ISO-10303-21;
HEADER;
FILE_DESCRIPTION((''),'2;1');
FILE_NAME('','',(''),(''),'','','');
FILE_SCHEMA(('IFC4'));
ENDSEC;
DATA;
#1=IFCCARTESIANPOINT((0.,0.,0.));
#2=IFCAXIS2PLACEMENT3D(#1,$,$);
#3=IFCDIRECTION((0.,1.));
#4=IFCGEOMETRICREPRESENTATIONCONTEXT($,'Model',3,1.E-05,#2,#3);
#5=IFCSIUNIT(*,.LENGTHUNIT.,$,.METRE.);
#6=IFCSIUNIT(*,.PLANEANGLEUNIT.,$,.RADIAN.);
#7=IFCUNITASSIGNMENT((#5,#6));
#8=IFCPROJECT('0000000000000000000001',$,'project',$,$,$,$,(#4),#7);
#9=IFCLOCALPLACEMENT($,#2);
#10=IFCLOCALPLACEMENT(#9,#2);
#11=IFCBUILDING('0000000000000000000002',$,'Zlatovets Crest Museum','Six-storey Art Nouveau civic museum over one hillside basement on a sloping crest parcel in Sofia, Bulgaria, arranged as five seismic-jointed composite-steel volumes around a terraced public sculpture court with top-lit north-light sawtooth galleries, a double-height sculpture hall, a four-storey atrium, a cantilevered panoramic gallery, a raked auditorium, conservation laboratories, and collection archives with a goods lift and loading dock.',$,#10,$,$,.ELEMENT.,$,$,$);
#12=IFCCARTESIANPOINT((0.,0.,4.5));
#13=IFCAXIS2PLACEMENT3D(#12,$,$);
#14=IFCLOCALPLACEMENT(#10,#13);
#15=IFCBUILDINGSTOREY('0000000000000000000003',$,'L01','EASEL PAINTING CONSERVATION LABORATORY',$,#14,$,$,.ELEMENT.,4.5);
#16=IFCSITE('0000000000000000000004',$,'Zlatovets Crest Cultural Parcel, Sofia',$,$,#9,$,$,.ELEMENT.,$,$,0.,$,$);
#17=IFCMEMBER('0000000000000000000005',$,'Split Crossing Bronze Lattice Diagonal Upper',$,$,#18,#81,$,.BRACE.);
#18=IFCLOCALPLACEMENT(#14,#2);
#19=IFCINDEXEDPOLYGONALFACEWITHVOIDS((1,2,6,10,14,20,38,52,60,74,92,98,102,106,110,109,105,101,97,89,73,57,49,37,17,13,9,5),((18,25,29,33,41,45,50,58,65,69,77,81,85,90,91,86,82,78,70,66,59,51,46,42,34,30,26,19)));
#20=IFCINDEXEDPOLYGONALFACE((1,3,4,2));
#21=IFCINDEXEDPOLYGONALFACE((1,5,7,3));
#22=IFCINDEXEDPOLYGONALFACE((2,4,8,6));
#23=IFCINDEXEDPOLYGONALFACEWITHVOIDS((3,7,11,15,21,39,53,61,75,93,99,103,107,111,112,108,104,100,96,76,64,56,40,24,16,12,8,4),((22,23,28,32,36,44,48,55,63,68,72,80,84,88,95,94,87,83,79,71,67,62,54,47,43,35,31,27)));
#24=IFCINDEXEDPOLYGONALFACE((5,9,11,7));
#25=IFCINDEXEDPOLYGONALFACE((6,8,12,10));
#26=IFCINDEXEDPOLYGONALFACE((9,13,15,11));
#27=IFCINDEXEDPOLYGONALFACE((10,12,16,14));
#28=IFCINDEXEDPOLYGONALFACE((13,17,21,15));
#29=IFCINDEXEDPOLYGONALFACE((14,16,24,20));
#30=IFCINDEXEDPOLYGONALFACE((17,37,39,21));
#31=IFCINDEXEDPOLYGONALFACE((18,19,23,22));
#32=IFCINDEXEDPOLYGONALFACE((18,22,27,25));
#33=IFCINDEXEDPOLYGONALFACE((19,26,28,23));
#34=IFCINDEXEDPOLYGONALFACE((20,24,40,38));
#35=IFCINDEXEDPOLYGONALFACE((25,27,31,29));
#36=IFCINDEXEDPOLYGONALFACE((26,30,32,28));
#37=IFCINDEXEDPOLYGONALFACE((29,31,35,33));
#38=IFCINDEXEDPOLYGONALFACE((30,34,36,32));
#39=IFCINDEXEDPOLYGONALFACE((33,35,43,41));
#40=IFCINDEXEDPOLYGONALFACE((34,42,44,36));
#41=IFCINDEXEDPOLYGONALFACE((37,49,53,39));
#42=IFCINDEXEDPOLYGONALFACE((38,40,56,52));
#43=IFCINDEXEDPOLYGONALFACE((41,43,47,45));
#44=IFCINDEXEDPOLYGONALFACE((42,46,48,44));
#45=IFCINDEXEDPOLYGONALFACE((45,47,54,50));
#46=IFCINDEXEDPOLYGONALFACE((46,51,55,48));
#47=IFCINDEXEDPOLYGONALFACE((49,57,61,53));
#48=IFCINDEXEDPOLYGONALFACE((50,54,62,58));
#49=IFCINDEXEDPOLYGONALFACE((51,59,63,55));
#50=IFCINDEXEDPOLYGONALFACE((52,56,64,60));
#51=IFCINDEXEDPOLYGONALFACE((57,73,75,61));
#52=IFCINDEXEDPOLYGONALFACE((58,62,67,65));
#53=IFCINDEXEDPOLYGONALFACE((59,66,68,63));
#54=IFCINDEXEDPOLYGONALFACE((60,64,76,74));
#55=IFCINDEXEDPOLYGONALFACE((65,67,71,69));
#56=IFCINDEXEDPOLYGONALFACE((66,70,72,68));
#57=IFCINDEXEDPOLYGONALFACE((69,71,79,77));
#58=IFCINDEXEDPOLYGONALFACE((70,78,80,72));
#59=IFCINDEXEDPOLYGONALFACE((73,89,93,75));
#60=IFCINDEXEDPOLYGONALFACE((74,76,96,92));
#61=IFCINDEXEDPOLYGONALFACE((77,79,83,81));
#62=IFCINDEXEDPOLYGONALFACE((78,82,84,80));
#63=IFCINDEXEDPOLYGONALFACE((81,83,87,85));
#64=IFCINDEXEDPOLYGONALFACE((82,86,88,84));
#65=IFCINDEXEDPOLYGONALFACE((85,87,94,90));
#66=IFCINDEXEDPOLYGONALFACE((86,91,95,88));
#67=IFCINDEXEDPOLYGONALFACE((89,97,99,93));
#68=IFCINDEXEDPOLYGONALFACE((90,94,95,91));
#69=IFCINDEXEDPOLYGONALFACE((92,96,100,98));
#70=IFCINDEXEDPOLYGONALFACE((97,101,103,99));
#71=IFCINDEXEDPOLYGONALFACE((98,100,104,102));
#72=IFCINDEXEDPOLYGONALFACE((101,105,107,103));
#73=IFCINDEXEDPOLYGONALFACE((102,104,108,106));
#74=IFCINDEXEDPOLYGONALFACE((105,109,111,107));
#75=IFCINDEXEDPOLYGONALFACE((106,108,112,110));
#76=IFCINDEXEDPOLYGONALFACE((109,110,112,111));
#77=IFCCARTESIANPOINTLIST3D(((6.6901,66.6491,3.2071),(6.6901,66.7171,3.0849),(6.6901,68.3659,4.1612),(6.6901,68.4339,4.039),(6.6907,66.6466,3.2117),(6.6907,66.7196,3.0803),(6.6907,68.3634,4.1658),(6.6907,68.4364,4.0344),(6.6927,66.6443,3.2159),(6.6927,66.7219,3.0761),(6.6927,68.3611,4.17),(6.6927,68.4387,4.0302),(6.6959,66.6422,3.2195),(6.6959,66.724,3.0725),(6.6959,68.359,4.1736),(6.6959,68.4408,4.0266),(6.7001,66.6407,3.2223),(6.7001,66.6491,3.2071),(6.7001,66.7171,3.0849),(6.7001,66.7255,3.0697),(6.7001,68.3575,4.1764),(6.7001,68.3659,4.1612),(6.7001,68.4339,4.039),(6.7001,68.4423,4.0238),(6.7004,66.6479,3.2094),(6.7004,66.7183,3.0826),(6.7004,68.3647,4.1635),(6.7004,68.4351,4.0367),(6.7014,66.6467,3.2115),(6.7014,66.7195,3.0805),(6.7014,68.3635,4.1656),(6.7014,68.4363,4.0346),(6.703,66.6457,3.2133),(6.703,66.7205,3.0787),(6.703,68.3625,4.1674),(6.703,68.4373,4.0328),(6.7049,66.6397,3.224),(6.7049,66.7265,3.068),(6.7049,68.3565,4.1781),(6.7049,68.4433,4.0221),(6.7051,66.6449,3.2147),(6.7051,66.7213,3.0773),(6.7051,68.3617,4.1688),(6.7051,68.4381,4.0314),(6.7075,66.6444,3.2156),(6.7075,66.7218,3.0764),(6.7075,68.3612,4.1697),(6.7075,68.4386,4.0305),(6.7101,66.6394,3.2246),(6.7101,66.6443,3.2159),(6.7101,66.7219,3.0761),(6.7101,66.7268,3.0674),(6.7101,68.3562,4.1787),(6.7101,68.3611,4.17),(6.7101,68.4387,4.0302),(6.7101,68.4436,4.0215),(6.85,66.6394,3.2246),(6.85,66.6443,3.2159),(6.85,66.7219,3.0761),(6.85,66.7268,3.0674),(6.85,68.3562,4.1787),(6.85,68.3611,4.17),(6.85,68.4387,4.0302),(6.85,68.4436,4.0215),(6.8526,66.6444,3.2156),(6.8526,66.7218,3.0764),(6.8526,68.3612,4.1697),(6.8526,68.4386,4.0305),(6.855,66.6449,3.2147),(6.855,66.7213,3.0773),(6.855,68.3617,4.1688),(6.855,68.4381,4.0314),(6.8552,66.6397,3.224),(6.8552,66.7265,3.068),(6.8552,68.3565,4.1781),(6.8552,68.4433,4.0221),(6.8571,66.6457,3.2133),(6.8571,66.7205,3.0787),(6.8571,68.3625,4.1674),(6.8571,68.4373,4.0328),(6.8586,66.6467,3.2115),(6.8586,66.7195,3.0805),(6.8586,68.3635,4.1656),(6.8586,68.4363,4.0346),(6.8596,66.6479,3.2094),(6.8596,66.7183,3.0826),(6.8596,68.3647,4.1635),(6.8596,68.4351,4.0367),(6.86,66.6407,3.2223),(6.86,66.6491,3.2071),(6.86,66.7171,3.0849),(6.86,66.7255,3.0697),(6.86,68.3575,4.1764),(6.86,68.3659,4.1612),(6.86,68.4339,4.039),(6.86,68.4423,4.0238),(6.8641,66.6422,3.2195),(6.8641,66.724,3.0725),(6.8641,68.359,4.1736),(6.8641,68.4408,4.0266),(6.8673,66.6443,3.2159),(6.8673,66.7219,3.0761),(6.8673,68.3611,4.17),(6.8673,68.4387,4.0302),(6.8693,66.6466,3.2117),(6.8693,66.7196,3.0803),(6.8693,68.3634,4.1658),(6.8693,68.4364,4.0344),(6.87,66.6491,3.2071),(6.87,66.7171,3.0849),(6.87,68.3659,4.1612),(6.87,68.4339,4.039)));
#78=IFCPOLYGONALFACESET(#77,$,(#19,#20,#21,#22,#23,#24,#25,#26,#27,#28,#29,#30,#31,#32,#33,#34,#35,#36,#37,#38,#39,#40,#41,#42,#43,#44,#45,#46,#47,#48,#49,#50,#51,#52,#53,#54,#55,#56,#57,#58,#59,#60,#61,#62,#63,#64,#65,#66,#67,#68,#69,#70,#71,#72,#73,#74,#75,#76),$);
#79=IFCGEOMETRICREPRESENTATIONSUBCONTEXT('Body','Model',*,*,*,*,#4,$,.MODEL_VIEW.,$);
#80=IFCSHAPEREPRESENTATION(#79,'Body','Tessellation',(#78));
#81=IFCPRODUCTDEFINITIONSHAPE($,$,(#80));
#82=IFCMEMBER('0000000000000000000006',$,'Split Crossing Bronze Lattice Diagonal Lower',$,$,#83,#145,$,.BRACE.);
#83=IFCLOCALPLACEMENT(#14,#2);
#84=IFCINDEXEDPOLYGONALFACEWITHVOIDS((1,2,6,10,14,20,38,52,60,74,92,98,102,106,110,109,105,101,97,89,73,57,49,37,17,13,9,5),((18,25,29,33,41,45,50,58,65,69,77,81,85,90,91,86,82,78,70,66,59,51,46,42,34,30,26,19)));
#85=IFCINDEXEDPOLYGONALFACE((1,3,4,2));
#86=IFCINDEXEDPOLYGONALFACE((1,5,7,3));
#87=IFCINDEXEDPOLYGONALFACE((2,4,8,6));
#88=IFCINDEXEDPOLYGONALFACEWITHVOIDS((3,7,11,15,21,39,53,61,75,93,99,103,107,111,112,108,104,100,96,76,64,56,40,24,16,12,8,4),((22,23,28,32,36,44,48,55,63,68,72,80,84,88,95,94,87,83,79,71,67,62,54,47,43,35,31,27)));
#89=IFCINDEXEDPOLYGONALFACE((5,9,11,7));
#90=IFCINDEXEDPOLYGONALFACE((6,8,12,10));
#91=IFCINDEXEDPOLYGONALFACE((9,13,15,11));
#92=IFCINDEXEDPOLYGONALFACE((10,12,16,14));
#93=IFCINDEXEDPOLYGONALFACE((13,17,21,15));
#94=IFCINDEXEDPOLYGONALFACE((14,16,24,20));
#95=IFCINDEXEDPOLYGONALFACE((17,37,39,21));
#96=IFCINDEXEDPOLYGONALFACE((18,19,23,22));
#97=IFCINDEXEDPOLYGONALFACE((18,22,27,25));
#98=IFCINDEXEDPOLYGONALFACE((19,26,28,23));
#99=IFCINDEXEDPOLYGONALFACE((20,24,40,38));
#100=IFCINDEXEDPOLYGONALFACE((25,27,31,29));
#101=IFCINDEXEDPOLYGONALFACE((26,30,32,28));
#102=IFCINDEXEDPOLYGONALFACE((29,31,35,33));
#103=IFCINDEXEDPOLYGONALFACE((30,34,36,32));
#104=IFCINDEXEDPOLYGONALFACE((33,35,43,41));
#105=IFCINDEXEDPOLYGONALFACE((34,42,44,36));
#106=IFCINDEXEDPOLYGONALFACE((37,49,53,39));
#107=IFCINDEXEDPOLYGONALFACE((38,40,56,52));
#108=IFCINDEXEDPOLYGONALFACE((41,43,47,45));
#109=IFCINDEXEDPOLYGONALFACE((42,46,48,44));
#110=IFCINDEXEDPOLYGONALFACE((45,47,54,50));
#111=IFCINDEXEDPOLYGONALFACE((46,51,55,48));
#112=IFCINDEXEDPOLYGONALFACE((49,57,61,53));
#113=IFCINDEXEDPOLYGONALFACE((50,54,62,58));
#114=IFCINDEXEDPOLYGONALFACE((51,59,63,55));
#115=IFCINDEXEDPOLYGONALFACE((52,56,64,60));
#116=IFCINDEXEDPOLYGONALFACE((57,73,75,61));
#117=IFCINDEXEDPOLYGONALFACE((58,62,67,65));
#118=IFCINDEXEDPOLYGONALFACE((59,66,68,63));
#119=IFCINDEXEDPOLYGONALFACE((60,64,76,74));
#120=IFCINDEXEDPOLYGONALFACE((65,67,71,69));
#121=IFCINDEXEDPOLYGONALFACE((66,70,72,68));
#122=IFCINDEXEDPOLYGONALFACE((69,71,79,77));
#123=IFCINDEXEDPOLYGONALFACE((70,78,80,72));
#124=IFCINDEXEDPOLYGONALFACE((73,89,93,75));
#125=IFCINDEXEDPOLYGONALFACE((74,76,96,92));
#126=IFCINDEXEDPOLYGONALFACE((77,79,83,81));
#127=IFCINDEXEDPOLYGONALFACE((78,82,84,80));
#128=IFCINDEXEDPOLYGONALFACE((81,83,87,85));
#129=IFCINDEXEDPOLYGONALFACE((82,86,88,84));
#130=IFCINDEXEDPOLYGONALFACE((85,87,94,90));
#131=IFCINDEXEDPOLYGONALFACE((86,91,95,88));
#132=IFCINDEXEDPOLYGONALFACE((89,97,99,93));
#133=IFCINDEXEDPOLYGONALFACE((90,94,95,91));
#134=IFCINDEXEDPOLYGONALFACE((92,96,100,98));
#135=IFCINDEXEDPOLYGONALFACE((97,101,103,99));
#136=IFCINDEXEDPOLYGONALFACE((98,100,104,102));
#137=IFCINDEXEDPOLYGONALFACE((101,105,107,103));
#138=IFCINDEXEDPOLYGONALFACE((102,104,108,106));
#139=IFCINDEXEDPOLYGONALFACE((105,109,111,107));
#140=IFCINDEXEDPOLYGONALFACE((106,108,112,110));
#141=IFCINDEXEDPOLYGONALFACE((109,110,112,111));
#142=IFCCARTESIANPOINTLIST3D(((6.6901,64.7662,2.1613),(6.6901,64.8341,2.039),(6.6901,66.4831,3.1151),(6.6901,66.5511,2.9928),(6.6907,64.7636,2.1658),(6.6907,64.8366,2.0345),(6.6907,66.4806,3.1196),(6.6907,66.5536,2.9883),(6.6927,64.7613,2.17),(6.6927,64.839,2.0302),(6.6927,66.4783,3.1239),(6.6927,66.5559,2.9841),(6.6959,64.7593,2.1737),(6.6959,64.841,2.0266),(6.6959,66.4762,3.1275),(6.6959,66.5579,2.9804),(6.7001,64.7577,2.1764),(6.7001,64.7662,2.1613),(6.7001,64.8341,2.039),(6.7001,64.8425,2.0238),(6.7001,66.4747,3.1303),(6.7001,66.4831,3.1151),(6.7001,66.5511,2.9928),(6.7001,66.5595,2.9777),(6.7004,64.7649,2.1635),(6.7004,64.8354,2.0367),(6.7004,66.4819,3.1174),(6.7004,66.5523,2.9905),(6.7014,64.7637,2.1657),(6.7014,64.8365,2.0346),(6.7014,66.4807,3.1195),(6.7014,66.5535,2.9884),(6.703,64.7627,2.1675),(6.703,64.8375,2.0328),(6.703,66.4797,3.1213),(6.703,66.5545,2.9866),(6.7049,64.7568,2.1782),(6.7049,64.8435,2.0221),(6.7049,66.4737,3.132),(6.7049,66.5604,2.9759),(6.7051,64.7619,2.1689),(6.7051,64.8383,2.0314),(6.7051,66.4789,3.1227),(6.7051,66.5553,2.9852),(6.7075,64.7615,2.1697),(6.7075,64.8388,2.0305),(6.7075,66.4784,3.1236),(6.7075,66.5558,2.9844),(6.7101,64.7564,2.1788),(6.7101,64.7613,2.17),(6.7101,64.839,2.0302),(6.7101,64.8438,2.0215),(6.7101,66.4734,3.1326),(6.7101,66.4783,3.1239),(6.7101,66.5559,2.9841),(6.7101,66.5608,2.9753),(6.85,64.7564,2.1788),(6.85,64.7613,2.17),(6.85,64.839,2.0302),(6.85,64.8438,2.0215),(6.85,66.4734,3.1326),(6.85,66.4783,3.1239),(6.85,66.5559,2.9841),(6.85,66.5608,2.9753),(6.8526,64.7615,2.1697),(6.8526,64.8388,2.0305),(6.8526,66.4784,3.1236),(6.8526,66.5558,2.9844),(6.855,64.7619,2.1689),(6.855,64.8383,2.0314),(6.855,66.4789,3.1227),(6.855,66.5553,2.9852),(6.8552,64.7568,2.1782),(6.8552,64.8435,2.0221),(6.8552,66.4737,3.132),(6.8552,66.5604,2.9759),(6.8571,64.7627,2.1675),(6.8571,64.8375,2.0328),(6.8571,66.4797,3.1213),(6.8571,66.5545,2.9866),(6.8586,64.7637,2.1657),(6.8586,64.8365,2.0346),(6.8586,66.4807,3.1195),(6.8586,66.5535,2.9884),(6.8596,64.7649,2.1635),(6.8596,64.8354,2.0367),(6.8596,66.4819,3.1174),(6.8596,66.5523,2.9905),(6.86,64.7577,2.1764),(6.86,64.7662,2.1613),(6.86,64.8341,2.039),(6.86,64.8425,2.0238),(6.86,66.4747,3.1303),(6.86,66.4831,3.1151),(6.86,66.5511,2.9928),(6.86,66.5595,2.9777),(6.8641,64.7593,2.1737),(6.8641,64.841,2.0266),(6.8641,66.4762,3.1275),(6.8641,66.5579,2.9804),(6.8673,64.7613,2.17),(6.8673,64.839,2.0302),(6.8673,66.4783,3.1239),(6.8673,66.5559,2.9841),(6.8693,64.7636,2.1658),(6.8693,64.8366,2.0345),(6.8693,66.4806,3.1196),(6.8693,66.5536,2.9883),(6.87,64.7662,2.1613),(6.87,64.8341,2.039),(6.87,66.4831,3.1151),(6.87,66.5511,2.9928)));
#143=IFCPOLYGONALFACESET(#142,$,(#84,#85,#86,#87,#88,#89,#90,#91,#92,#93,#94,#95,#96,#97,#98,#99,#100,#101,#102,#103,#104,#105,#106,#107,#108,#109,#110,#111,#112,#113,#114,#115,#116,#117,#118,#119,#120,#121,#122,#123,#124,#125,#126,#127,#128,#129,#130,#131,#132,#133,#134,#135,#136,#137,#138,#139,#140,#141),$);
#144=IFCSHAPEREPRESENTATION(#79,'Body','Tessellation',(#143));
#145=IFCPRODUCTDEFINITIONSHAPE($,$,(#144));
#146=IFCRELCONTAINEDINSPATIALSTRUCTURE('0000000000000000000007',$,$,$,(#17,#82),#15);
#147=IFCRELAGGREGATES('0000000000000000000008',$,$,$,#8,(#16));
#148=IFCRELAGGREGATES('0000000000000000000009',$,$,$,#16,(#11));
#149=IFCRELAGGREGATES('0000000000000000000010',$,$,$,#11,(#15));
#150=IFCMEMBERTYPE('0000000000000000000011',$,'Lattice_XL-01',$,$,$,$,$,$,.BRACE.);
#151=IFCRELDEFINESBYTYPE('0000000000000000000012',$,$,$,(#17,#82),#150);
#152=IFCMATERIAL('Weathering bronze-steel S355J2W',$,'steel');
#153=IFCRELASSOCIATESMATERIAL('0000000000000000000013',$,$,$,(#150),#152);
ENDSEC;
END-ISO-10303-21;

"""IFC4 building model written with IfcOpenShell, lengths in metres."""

from ifc_helpers import new_model, si_unit, direction, frame, origin, origin_2d, place, context, subcontext, project, spatial, hollow_rectangle, extrude, material, material_profile, profile_set, type_object, element, save


model = new_model("IFC4")

# Units and contexts
model_context = context("Model", 3, precision=1e-05, world=origin(), true_north=direction((0.0, 1.0)))
body_context = subcontext(model_context, "Body", "Model", "MODEL_VIEW")
ifc_project = project(units=[si_unit("LENGTHUNIT", "METRE"), si_unit("PLANEANGLEUNIT", "RADIAN")], contexts=[model_context])

# Site, building, storey
site_placement = place(None, origin())
site = spatial("IfcSite", under=ifc_project, at=site_placement, Name="Zlatovets Crest Cultural Parcel, Sofia", CompositionType="ELEMENT", RefElevation=0.0)
building_placement = place(site_placement, origin())
building = spatial("IfcBuilding", under=site, at=building_placement, Name="Zlatovets Crest Museum", Description="Six-storey Art Nouveau civic museum over one hillside basement on a sloping crest parcel in Sofia, Bulgaria, arranged as five seismic-jointed composite-steel volumes around a terraced public sculpture court with top-lit north-light sawtooth galleries, a double-height sculpture hall, a four-storey atrium, a cantilevered panoramic gallery, a raked auditorium, conservation laboratories, and collection archives with a goods lift and loading dock.", CompositionType="ELEMENT")
storey_placement = place(building_placement, frame((0.0, 0.0, 4.5)))
storey = spatial("IfcBuildingStorey", under=building, at=storey_placement, Name="L01", Description="EASEL PAINTING CONSERVATION LABORATORY", CompositionType="ELEMENT", Elevation=4.5)

# Members
ifc_material_1 = material(Name="Weathering bronze-steel S355J2W", Category="steel")
ifc_material_profile_1 = material_profile(ifc_material_1, hollow_rectangle(XDim=0.1799, YDim=0.1799, WallThickness=0.01, InnerFilletRadius=0.01, OuterFilletRadius=0.02, at=origin_2d()), Name="SHS 180x180x10.0")
ifc_profile_set_1 = profile_set([ifc_material_profile_1], Name="Weathering bronze-steel S355J2W")
member_type_1 = type_object("IfcMemberType", Name="Lattice_XL-01", PredefinedType="BRACE", material=ifc_profile_set_1)
for number, where, z_axis, x_axis, name in (
    (1, (6.78, 68.3999, 4.1001), (0.0, -0.874087, -0.48577), (1.0, 0.0, 0.0), "Split Crossing Bronze Lattice Diagonal Upper"),
    (2, (6.78, 66.5171, 3.054), (0.0, -0.874169, -0.485622), (1.0, 0.0, 0.0), "Split Crossing Bronze Lattice Diagonal Lower"),
):
    element("IfcMember", number, at=place(storey_placement, frame(where, z_axis=z_axis, x_axis=x_axis)), inside=storey, type_object=member_type_1, Name=name, PredefinedType="BRACE", context=body_context, shape_type="SweptSolid", body=[
        extrude(hollow_rectangle(XDim=0.1799, YDim=0.1799, WallThickness=0.01, InnerFilletRadius=0.01, OuterFilletRadius=0.02, at=origin_2d()), origin(), (0.0, 0.0, 1.0), 1.9641),
    ])

save(model, "model.ifc")
